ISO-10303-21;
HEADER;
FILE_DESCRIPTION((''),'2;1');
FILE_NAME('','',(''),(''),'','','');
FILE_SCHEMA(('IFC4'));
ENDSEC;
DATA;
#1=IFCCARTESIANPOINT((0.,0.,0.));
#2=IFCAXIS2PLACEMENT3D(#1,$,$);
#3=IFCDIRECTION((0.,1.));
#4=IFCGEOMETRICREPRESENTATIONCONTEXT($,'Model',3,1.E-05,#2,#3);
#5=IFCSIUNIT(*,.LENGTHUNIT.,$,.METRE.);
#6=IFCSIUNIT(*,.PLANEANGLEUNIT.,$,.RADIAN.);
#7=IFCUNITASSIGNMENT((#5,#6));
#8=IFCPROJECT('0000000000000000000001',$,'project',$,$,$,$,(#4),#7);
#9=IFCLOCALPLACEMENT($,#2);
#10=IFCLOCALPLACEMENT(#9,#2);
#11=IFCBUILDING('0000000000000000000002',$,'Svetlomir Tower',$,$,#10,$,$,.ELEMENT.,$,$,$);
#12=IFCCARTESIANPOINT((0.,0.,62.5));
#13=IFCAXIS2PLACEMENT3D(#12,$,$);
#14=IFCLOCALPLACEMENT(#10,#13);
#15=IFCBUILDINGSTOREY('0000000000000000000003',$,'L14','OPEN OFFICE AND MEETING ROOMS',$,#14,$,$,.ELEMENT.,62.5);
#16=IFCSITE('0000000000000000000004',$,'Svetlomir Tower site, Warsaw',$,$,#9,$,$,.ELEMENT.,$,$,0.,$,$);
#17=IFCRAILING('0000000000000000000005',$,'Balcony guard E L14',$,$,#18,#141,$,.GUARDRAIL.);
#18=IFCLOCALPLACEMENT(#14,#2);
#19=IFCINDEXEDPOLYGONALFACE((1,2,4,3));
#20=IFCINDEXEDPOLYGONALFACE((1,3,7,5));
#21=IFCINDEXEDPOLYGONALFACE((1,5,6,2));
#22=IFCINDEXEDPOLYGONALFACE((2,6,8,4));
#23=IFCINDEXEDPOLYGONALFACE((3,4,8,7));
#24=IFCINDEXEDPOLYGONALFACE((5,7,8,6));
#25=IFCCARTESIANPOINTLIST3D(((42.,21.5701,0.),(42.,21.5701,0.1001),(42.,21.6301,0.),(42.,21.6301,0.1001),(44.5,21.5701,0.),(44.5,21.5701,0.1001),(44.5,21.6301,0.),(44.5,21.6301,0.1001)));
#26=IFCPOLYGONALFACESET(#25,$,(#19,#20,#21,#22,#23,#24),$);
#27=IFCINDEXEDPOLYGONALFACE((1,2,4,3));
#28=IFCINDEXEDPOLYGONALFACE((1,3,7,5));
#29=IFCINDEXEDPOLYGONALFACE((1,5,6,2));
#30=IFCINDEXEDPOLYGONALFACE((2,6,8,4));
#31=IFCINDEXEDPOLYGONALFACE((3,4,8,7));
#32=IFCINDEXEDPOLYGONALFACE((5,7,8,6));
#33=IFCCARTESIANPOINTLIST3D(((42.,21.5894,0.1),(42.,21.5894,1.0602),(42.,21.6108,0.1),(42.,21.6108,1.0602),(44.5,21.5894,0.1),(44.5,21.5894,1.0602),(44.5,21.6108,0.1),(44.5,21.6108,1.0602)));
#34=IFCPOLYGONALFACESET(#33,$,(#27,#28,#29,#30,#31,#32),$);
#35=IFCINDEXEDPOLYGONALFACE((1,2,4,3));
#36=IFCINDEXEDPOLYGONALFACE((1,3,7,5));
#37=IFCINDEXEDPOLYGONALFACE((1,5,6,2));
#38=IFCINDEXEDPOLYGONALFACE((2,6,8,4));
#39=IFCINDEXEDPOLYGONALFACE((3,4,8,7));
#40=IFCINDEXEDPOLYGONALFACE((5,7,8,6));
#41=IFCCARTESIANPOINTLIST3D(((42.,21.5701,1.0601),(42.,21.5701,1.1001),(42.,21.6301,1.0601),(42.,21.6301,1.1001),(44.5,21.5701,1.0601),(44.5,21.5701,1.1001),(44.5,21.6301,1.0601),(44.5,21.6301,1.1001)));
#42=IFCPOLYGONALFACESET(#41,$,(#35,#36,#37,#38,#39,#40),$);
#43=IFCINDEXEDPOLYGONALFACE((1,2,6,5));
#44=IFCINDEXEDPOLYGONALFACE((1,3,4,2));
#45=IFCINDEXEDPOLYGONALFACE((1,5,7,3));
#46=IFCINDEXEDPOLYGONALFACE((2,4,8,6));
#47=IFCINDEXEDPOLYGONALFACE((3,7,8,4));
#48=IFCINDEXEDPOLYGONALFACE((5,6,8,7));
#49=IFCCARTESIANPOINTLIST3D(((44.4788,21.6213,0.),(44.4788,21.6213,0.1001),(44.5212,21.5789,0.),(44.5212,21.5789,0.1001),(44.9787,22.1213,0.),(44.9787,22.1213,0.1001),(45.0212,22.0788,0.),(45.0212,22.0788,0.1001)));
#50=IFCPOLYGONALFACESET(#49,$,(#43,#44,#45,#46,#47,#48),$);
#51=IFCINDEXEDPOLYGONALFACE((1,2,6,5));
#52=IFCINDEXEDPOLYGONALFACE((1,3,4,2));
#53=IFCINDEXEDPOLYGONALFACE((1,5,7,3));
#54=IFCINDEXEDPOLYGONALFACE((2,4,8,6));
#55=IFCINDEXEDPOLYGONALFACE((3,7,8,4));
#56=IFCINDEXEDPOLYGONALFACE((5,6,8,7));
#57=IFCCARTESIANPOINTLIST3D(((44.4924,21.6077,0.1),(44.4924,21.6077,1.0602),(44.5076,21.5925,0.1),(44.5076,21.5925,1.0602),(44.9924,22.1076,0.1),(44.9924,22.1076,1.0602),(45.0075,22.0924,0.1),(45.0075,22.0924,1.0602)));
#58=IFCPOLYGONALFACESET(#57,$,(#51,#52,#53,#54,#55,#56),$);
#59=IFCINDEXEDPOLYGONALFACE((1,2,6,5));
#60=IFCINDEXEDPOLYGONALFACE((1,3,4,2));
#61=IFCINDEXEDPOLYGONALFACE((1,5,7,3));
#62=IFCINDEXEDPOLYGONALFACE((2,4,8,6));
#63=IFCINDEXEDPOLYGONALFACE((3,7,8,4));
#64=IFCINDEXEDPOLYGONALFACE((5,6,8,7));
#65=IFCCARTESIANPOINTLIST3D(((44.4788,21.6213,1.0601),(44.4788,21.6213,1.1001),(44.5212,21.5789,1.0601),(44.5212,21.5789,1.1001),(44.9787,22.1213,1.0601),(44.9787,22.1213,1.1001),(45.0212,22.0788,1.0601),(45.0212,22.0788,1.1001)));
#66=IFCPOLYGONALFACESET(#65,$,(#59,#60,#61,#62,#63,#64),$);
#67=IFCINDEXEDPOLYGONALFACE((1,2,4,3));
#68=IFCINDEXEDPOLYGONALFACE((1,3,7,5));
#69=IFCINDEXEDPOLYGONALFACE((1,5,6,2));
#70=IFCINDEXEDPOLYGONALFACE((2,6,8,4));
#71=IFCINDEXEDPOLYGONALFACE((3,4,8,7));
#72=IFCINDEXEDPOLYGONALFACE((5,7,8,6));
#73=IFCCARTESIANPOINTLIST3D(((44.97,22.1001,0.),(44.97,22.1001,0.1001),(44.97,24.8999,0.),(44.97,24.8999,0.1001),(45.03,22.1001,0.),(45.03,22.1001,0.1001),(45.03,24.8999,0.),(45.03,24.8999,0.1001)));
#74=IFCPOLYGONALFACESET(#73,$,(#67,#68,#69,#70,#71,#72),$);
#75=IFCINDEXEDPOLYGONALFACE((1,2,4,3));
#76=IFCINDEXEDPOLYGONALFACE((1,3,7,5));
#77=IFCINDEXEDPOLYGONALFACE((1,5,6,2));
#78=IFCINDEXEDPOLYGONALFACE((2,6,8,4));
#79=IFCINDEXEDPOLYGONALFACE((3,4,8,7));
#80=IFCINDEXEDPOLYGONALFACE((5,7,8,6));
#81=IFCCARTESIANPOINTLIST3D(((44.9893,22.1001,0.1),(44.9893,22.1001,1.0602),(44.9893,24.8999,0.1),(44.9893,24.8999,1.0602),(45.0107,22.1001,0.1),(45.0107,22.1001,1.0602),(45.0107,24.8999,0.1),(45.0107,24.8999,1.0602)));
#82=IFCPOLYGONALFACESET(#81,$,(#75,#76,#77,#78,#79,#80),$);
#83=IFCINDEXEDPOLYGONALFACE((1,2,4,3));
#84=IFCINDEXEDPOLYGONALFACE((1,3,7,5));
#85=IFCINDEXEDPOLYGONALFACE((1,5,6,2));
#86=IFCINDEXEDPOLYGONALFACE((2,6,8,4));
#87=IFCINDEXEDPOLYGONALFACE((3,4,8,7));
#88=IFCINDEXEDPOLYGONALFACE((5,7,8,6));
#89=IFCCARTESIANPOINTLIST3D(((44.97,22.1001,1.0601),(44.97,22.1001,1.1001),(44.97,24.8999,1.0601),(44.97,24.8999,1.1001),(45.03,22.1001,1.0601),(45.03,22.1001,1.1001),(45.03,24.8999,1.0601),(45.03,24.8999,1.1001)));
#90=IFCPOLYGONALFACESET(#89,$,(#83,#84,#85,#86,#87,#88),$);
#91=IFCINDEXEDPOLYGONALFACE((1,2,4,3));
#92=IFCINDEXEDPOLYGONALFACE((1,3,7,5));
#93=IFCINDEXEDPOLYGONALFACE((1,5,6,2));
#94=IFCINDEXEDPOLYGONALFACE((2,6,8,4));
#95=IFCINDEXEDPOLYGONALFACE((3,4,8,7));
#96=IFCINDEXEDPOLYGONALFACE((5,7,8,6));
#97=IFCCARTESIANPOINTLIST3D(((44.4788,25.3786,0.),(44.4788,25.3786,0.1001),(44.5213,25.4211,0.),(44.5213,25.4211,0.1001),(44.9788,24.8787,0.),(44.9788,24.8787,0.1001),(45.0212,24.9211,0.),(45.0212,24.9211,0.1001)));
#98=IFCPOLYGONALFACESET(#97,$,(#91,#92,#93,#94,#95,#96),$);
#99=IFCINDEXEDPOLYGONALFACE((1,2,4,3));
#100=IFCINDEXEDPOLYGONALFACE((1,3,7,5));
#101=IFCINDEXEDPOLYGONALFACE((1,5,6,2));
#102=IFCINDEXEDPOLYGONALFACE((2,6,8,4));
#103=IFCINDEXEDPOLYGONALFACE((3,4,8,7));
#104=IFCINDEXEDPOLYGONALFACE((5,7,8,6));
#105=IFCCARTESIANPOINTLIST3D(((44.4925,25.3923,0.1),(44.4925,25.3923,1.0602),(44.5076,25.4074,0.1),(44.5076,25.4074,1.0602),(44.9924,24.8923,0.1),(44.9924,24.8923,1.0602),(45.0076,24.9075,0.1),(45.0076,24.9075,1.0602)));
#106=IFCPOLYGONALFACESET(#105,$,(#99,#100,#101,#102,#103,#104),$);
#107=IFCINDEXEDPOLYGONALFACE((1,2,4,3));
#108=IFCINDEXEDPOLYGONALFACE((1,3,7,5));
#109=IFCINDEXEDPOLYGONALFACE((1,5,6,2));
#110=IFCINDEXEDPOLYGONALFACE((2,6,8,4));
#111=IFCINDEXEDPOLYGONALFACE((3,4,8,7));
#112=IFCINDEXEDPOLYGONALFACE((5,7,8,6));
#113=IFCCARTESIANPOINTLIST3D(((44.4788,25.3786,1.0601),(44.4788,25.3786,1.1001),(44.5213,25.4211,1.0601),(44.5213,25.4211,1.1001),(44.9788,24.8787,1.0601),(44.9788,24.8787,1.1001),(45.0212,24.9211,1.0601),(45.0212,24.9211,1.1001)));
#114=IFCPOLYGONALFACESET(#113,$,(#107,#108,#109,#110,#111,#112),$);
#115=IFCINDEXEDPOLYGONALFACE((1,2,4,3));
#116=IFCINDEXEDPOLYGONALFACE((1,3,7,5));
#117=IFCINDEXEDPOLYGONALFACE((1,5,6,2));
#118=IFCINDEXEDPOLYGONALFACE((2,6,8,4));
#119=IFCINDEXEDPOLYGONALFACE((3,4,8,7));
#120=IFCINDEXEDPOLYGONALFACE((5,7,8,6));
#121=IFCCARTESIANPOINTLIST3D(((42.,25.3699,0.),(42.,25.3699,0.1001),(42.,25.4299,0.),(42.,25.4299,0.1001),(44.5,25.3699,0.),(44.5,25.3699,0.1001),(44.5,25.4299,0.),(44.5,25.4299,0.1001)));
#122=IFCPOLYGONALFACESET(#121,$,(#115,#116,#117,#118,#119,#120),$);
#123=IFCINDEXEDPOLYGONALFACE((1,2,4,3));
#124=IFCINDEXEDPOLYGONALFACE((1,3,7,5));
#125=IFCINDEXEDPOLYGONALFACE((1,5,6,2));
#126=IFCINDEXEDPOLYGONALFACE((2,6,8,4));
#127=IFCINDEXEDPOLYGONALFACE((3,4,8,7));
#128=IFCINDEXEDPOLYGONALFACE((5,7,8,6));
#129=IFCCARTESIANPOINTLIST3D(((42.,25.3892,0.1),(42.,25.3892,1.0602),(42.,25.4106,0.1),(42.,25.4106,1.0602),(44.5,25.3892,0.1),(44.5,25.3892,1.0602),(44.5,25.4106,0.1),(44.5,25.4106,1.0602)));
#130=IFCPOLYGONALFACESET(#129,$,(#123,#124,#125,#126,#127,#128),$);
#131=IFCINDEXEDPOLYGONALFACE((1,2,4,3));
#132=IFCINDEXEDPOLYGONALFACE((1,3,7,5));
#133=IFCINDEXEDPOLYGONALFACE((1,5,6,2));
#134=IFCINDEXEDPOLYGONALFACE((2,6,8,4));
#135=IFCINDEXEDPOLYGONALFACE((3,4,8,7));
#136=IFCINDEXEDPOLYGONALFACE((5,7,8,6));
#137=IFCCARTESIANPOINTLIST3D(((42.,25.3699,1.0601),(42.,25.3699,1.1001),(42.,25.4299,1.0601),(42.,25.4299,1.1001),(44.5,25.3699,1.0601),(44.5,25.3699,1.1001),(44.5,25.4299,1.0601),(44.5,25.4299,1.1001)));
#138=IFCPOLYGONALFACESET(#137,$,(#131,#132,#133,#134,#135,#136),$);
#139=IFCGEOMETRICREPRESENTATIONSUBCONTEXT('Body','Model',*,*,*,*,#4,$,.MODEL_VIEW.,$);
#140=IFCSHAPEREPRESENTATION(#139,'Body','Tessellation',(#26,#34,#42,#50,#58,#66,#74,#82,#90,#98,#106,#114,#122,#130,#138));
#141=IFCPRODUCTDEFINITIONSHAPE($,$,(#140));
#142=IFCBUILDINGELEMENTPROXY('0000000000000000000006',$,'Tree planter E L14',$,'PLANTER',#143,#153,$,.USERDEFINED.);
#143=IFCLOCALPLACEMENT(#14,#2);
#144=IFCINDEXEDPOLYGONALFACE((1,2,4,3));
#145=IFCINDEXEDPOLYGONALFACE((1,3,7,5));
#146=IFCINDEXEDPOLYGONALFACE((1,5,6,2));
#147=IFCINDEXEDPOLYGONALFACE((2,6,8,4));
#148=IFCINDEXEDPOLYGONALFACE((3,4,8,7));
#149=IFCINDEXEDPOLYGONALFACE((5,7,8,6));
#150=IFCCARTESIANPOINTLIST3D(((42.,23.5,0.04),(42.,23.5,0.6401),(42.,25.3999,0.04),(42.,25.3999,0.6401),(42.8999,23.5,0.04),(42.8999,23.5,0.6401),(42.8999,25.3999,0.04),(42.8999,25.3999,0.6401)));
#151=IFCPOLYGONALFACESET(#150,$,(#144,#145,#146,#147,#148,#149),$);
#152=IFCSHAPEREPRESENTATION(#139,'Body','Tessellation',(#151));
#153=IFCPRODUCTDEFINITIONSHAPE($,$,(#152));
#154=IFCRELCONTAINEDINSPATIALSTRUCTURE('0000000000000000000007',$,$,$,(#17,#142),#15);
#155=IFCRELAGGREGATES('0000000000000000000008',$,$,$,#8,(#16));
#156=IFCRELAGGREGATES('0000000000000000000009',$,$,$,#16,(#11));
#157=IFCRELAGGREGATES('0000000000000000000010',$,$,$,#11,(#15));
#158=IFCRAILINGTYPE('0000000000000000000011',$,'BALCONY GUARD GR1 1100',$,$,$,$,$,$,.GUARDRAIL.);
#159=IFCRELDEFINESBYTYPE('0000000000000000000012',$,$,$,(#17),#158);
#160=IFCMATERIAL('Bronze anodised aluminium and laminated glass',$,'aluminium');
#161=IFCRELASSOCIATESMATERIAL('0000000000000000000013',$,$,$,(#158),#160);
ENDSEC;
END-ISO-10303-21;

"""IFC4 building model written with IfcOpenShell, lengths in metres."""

from ifc_helpers import new_model, si_unit, direction, frame, origin, origin_2d, place, context, subcontext, project, spatial, rectangle, extrude, material, type_object, element, save


model = new_model("IFC4")

# Units and contexts
model_context = context("Model", 3, precision=1e-05, world=origin(), true_north=direction((0.0, 1.0)))
body_context = subcontext(model_context, "Body", "Model", "MODEL_VIEW")
ifc_project = project(units=[si_unit("LENGTHUNIT", "METRE"), si_unit("PLANEANGLEUNIT", "RADIAN")], contexts=[model_context])

# Site, building, storey
site_placement = place(None, origin())
site = spatial("IfcSite", under=ifc_project, at=site_placement, Name="Svetlomir Tower site, Warsaw", CompositionType="ELEMENT", RefElevation=0.0)
building_placement = place(site_placement, origin())
building = spatial("IfcBuilding", under=site, at=building_placement, Name="Svetlomir Tower", CompositionType="ELEMENT")
storey_placement = place(building_placement, frame((0.0, 0.0, 62.5)))
storey = spatial("IfcBuildingStorey", under=building, at=storey_placement, Name="L14", Description="OPEN OFFICE AND MEETING ROOMS", CompositionType="ELEMENT", Elevation=62.5)

# Railing
ifc_material_1 = material(Name="Bronze anodised aluminium and laminated glass", Category="aluminium")
railing_type = type_object("IfcRailingType", Name="BALCONY GUARD GR1 1100", PredefinedType="GUARDRAIL", material=ifc_material_1)
railing_placement = place(storey_placement, frame((42.0, 21.6001, 0.0)))
element("IfcRailing", 1, at=railing_placement, inside=storey, type_object=railing_type, Name="Balcony guard E L14", PredefinedType="GUARDRAIL", context=body_context, shape_type="SweptSolid", body=[
    extrude(rectangle(XDim=0.0601, YDim=0.1001, at=origin_2d()), frame((0.0, 0.0, 0.05), z_axis=(1.0, 0.0, 0.0), x_axis=(0.0, 1.0, 0.0)), (0.0, 0.0, 1.0), 2.5),
    extrude(rectangle(XDim=0.0215, YDim=0.9602, at=origin_2d()), frame((0.0, 0.0, 0.5801), z_axis=(1.0, 0.0, 0.0), x_axis=(0.0, 1.0, 0.0)), (0.0, 0.0, 1.0), 2.5),
    extrude(rectangle(XDim=0.0601, YDim=0.04, at=origin_2d()), frame((0.0, 0.0, 1.0801), z_axis=(1.0, 0.0, 0.0), x_axis=(0.0, 1.0, 0.0)), (0.0, 0.0, 1.0), 2.5),
    extrude(rectangle(XDim=0.0601, YDim=0.1001, at=origin_2d()), frame((2.5, 0.0, 0.05), z_axis=(0.707107, 0.707107, 0.0), x_axis=(-0.707107, 0.707107, 0.0)), (0.0, 0.0, 1.0), 0.707),
    extrude(rectangle(XDim=0.0215, YDim=0.9602, at=origin_2d()), frame((2.5, 0.0, 0.5801), z_axis=(0.707107, 0.707107, 0.0), x_axis=(-0.707107, 0.707107, 0.0)), (0.0, 0.0, 1.0), 0.707),
    extrude(rectangle(XDim=0.0601, YDim=0.04, at=origin_2d()), frame((2.5, 0.0, 1.0801), z_axis=(0.707107, 0.707107, 0.0), x_axis=(-0.707107, 0.707107, 0.0)), (0.0, 0.0, 1.0), 0.707),
    extrude(rectangle(XDim=0.0601, YDim=0.1001, at=origin_2d()), frame((3.0, 0.5, 0.05), z_axis=(0.0, 1.0, 0.0), x_axis=(-1.0, 0.0, 0.0)), (0.0, 0.0, 1.0), 2.7998),
    extrude(rectangle(XDim=0.0215, YDim=0.9602, at=origin_2d()), frame((3.0, 0.5, 0.5801), z_axis=(0.0, 1.0, 0.0), x_axis=(-1.0, 0.0, 0.0)), (0.0, 0.0, 1.0), 2.7998),
    extrude(rectangle(XDim=0.0601, YDim=0.04, at=origin_2d()), frame((3.0, 0.5, 1.0801), z_axis=(0.0, 1.0, 0.0), x_axis=(-1.0, 0.0, 0.0)), (0.0, 0.0, 1.0), 2.7998),
    extrude(rectangle(XDim=0.0601, YDim=0.1001, at=origin_2d()), frame((3.0, 3.2998, 0.05), z_axis=(-0.707107, 0.707107, 0.0), x_axis=(-0.707107, -0.707107, 0.0)), (0.0, 0.0, 1.0), 0.707),
    extrude(rectangle(XDim=0.0215, YDim=0.9602, at=origin_2d()), frame((3.0, 3.2998, 0.5801), z_axis=(-0.707107, 0.707107, 0.0), x_axis=(-0.707107, -0.707107, 0.0)), (0.0, 0.0, 1.0), 0.707),
    extrude(rectangle(XDim=0.0601, YDim=0.04, at=origin_2d()), frame((3.0, 3.2998, 1.0801), z_axis=(-0.707107, 0.707107, 0.0), x_axis=(-0.707107, -0.707107, 0.0)), (0.0, 0.0, 1.0), 0.707),
    extrude(rectangle(XDim=0.0601, YDim=0.1001, at=origin_2d()), frame((2.5, 3.7998, 0.05), z_axis=(-1.0, 0.0, 0.0), x_axis=(0.0, -1.0, 0.0)), (0.0, 0.0, 1.0), 2.5),
    extrude(rectangle(XDim=0.0215, YDim=0.9602, at=origin_2d()), frame((2.5, 3.7998, 0.5801), z_axis=(-1.0, 0.0, 0.0), x_axis=(0.0, -1.0, 0.0)), (0.0, 0.0, 1.0), 2.5),
    extrude(rectangle(XDim=0.0601, YDim=0.04, at=origin_2d()), frame((2.5, 3.7998, 1.0801), z_axis=(-1.0, 0.0, 0.0), x_axis=(0.0, -1.0, 0.0)), (0.0, 0.0, 1.0), 2.5),
])

# Building element proxy
proxy_placement = place(storey_placement, frame((42.45, 24.45, 0.04), z_axis=(0.0, 0.0, 1.0), x_axis=(1.0, 0.0, 0.0)))
element("IfcBuildingElementProxy", 2, at=proxy_placement, inside=storey, Name="Tree planter E L14", ObjectType="PLANTER", PredefinedType="USERDEFINED", context=body_context, shape_type="SweptSolid", body=[
    extrude(rectangle(XDim=0.8999, YDim=1.8999, at=origin_2d()), origin(), (0.0, 0.0, 1.0), 0.6001),
])

save(model, "model.ifc")
